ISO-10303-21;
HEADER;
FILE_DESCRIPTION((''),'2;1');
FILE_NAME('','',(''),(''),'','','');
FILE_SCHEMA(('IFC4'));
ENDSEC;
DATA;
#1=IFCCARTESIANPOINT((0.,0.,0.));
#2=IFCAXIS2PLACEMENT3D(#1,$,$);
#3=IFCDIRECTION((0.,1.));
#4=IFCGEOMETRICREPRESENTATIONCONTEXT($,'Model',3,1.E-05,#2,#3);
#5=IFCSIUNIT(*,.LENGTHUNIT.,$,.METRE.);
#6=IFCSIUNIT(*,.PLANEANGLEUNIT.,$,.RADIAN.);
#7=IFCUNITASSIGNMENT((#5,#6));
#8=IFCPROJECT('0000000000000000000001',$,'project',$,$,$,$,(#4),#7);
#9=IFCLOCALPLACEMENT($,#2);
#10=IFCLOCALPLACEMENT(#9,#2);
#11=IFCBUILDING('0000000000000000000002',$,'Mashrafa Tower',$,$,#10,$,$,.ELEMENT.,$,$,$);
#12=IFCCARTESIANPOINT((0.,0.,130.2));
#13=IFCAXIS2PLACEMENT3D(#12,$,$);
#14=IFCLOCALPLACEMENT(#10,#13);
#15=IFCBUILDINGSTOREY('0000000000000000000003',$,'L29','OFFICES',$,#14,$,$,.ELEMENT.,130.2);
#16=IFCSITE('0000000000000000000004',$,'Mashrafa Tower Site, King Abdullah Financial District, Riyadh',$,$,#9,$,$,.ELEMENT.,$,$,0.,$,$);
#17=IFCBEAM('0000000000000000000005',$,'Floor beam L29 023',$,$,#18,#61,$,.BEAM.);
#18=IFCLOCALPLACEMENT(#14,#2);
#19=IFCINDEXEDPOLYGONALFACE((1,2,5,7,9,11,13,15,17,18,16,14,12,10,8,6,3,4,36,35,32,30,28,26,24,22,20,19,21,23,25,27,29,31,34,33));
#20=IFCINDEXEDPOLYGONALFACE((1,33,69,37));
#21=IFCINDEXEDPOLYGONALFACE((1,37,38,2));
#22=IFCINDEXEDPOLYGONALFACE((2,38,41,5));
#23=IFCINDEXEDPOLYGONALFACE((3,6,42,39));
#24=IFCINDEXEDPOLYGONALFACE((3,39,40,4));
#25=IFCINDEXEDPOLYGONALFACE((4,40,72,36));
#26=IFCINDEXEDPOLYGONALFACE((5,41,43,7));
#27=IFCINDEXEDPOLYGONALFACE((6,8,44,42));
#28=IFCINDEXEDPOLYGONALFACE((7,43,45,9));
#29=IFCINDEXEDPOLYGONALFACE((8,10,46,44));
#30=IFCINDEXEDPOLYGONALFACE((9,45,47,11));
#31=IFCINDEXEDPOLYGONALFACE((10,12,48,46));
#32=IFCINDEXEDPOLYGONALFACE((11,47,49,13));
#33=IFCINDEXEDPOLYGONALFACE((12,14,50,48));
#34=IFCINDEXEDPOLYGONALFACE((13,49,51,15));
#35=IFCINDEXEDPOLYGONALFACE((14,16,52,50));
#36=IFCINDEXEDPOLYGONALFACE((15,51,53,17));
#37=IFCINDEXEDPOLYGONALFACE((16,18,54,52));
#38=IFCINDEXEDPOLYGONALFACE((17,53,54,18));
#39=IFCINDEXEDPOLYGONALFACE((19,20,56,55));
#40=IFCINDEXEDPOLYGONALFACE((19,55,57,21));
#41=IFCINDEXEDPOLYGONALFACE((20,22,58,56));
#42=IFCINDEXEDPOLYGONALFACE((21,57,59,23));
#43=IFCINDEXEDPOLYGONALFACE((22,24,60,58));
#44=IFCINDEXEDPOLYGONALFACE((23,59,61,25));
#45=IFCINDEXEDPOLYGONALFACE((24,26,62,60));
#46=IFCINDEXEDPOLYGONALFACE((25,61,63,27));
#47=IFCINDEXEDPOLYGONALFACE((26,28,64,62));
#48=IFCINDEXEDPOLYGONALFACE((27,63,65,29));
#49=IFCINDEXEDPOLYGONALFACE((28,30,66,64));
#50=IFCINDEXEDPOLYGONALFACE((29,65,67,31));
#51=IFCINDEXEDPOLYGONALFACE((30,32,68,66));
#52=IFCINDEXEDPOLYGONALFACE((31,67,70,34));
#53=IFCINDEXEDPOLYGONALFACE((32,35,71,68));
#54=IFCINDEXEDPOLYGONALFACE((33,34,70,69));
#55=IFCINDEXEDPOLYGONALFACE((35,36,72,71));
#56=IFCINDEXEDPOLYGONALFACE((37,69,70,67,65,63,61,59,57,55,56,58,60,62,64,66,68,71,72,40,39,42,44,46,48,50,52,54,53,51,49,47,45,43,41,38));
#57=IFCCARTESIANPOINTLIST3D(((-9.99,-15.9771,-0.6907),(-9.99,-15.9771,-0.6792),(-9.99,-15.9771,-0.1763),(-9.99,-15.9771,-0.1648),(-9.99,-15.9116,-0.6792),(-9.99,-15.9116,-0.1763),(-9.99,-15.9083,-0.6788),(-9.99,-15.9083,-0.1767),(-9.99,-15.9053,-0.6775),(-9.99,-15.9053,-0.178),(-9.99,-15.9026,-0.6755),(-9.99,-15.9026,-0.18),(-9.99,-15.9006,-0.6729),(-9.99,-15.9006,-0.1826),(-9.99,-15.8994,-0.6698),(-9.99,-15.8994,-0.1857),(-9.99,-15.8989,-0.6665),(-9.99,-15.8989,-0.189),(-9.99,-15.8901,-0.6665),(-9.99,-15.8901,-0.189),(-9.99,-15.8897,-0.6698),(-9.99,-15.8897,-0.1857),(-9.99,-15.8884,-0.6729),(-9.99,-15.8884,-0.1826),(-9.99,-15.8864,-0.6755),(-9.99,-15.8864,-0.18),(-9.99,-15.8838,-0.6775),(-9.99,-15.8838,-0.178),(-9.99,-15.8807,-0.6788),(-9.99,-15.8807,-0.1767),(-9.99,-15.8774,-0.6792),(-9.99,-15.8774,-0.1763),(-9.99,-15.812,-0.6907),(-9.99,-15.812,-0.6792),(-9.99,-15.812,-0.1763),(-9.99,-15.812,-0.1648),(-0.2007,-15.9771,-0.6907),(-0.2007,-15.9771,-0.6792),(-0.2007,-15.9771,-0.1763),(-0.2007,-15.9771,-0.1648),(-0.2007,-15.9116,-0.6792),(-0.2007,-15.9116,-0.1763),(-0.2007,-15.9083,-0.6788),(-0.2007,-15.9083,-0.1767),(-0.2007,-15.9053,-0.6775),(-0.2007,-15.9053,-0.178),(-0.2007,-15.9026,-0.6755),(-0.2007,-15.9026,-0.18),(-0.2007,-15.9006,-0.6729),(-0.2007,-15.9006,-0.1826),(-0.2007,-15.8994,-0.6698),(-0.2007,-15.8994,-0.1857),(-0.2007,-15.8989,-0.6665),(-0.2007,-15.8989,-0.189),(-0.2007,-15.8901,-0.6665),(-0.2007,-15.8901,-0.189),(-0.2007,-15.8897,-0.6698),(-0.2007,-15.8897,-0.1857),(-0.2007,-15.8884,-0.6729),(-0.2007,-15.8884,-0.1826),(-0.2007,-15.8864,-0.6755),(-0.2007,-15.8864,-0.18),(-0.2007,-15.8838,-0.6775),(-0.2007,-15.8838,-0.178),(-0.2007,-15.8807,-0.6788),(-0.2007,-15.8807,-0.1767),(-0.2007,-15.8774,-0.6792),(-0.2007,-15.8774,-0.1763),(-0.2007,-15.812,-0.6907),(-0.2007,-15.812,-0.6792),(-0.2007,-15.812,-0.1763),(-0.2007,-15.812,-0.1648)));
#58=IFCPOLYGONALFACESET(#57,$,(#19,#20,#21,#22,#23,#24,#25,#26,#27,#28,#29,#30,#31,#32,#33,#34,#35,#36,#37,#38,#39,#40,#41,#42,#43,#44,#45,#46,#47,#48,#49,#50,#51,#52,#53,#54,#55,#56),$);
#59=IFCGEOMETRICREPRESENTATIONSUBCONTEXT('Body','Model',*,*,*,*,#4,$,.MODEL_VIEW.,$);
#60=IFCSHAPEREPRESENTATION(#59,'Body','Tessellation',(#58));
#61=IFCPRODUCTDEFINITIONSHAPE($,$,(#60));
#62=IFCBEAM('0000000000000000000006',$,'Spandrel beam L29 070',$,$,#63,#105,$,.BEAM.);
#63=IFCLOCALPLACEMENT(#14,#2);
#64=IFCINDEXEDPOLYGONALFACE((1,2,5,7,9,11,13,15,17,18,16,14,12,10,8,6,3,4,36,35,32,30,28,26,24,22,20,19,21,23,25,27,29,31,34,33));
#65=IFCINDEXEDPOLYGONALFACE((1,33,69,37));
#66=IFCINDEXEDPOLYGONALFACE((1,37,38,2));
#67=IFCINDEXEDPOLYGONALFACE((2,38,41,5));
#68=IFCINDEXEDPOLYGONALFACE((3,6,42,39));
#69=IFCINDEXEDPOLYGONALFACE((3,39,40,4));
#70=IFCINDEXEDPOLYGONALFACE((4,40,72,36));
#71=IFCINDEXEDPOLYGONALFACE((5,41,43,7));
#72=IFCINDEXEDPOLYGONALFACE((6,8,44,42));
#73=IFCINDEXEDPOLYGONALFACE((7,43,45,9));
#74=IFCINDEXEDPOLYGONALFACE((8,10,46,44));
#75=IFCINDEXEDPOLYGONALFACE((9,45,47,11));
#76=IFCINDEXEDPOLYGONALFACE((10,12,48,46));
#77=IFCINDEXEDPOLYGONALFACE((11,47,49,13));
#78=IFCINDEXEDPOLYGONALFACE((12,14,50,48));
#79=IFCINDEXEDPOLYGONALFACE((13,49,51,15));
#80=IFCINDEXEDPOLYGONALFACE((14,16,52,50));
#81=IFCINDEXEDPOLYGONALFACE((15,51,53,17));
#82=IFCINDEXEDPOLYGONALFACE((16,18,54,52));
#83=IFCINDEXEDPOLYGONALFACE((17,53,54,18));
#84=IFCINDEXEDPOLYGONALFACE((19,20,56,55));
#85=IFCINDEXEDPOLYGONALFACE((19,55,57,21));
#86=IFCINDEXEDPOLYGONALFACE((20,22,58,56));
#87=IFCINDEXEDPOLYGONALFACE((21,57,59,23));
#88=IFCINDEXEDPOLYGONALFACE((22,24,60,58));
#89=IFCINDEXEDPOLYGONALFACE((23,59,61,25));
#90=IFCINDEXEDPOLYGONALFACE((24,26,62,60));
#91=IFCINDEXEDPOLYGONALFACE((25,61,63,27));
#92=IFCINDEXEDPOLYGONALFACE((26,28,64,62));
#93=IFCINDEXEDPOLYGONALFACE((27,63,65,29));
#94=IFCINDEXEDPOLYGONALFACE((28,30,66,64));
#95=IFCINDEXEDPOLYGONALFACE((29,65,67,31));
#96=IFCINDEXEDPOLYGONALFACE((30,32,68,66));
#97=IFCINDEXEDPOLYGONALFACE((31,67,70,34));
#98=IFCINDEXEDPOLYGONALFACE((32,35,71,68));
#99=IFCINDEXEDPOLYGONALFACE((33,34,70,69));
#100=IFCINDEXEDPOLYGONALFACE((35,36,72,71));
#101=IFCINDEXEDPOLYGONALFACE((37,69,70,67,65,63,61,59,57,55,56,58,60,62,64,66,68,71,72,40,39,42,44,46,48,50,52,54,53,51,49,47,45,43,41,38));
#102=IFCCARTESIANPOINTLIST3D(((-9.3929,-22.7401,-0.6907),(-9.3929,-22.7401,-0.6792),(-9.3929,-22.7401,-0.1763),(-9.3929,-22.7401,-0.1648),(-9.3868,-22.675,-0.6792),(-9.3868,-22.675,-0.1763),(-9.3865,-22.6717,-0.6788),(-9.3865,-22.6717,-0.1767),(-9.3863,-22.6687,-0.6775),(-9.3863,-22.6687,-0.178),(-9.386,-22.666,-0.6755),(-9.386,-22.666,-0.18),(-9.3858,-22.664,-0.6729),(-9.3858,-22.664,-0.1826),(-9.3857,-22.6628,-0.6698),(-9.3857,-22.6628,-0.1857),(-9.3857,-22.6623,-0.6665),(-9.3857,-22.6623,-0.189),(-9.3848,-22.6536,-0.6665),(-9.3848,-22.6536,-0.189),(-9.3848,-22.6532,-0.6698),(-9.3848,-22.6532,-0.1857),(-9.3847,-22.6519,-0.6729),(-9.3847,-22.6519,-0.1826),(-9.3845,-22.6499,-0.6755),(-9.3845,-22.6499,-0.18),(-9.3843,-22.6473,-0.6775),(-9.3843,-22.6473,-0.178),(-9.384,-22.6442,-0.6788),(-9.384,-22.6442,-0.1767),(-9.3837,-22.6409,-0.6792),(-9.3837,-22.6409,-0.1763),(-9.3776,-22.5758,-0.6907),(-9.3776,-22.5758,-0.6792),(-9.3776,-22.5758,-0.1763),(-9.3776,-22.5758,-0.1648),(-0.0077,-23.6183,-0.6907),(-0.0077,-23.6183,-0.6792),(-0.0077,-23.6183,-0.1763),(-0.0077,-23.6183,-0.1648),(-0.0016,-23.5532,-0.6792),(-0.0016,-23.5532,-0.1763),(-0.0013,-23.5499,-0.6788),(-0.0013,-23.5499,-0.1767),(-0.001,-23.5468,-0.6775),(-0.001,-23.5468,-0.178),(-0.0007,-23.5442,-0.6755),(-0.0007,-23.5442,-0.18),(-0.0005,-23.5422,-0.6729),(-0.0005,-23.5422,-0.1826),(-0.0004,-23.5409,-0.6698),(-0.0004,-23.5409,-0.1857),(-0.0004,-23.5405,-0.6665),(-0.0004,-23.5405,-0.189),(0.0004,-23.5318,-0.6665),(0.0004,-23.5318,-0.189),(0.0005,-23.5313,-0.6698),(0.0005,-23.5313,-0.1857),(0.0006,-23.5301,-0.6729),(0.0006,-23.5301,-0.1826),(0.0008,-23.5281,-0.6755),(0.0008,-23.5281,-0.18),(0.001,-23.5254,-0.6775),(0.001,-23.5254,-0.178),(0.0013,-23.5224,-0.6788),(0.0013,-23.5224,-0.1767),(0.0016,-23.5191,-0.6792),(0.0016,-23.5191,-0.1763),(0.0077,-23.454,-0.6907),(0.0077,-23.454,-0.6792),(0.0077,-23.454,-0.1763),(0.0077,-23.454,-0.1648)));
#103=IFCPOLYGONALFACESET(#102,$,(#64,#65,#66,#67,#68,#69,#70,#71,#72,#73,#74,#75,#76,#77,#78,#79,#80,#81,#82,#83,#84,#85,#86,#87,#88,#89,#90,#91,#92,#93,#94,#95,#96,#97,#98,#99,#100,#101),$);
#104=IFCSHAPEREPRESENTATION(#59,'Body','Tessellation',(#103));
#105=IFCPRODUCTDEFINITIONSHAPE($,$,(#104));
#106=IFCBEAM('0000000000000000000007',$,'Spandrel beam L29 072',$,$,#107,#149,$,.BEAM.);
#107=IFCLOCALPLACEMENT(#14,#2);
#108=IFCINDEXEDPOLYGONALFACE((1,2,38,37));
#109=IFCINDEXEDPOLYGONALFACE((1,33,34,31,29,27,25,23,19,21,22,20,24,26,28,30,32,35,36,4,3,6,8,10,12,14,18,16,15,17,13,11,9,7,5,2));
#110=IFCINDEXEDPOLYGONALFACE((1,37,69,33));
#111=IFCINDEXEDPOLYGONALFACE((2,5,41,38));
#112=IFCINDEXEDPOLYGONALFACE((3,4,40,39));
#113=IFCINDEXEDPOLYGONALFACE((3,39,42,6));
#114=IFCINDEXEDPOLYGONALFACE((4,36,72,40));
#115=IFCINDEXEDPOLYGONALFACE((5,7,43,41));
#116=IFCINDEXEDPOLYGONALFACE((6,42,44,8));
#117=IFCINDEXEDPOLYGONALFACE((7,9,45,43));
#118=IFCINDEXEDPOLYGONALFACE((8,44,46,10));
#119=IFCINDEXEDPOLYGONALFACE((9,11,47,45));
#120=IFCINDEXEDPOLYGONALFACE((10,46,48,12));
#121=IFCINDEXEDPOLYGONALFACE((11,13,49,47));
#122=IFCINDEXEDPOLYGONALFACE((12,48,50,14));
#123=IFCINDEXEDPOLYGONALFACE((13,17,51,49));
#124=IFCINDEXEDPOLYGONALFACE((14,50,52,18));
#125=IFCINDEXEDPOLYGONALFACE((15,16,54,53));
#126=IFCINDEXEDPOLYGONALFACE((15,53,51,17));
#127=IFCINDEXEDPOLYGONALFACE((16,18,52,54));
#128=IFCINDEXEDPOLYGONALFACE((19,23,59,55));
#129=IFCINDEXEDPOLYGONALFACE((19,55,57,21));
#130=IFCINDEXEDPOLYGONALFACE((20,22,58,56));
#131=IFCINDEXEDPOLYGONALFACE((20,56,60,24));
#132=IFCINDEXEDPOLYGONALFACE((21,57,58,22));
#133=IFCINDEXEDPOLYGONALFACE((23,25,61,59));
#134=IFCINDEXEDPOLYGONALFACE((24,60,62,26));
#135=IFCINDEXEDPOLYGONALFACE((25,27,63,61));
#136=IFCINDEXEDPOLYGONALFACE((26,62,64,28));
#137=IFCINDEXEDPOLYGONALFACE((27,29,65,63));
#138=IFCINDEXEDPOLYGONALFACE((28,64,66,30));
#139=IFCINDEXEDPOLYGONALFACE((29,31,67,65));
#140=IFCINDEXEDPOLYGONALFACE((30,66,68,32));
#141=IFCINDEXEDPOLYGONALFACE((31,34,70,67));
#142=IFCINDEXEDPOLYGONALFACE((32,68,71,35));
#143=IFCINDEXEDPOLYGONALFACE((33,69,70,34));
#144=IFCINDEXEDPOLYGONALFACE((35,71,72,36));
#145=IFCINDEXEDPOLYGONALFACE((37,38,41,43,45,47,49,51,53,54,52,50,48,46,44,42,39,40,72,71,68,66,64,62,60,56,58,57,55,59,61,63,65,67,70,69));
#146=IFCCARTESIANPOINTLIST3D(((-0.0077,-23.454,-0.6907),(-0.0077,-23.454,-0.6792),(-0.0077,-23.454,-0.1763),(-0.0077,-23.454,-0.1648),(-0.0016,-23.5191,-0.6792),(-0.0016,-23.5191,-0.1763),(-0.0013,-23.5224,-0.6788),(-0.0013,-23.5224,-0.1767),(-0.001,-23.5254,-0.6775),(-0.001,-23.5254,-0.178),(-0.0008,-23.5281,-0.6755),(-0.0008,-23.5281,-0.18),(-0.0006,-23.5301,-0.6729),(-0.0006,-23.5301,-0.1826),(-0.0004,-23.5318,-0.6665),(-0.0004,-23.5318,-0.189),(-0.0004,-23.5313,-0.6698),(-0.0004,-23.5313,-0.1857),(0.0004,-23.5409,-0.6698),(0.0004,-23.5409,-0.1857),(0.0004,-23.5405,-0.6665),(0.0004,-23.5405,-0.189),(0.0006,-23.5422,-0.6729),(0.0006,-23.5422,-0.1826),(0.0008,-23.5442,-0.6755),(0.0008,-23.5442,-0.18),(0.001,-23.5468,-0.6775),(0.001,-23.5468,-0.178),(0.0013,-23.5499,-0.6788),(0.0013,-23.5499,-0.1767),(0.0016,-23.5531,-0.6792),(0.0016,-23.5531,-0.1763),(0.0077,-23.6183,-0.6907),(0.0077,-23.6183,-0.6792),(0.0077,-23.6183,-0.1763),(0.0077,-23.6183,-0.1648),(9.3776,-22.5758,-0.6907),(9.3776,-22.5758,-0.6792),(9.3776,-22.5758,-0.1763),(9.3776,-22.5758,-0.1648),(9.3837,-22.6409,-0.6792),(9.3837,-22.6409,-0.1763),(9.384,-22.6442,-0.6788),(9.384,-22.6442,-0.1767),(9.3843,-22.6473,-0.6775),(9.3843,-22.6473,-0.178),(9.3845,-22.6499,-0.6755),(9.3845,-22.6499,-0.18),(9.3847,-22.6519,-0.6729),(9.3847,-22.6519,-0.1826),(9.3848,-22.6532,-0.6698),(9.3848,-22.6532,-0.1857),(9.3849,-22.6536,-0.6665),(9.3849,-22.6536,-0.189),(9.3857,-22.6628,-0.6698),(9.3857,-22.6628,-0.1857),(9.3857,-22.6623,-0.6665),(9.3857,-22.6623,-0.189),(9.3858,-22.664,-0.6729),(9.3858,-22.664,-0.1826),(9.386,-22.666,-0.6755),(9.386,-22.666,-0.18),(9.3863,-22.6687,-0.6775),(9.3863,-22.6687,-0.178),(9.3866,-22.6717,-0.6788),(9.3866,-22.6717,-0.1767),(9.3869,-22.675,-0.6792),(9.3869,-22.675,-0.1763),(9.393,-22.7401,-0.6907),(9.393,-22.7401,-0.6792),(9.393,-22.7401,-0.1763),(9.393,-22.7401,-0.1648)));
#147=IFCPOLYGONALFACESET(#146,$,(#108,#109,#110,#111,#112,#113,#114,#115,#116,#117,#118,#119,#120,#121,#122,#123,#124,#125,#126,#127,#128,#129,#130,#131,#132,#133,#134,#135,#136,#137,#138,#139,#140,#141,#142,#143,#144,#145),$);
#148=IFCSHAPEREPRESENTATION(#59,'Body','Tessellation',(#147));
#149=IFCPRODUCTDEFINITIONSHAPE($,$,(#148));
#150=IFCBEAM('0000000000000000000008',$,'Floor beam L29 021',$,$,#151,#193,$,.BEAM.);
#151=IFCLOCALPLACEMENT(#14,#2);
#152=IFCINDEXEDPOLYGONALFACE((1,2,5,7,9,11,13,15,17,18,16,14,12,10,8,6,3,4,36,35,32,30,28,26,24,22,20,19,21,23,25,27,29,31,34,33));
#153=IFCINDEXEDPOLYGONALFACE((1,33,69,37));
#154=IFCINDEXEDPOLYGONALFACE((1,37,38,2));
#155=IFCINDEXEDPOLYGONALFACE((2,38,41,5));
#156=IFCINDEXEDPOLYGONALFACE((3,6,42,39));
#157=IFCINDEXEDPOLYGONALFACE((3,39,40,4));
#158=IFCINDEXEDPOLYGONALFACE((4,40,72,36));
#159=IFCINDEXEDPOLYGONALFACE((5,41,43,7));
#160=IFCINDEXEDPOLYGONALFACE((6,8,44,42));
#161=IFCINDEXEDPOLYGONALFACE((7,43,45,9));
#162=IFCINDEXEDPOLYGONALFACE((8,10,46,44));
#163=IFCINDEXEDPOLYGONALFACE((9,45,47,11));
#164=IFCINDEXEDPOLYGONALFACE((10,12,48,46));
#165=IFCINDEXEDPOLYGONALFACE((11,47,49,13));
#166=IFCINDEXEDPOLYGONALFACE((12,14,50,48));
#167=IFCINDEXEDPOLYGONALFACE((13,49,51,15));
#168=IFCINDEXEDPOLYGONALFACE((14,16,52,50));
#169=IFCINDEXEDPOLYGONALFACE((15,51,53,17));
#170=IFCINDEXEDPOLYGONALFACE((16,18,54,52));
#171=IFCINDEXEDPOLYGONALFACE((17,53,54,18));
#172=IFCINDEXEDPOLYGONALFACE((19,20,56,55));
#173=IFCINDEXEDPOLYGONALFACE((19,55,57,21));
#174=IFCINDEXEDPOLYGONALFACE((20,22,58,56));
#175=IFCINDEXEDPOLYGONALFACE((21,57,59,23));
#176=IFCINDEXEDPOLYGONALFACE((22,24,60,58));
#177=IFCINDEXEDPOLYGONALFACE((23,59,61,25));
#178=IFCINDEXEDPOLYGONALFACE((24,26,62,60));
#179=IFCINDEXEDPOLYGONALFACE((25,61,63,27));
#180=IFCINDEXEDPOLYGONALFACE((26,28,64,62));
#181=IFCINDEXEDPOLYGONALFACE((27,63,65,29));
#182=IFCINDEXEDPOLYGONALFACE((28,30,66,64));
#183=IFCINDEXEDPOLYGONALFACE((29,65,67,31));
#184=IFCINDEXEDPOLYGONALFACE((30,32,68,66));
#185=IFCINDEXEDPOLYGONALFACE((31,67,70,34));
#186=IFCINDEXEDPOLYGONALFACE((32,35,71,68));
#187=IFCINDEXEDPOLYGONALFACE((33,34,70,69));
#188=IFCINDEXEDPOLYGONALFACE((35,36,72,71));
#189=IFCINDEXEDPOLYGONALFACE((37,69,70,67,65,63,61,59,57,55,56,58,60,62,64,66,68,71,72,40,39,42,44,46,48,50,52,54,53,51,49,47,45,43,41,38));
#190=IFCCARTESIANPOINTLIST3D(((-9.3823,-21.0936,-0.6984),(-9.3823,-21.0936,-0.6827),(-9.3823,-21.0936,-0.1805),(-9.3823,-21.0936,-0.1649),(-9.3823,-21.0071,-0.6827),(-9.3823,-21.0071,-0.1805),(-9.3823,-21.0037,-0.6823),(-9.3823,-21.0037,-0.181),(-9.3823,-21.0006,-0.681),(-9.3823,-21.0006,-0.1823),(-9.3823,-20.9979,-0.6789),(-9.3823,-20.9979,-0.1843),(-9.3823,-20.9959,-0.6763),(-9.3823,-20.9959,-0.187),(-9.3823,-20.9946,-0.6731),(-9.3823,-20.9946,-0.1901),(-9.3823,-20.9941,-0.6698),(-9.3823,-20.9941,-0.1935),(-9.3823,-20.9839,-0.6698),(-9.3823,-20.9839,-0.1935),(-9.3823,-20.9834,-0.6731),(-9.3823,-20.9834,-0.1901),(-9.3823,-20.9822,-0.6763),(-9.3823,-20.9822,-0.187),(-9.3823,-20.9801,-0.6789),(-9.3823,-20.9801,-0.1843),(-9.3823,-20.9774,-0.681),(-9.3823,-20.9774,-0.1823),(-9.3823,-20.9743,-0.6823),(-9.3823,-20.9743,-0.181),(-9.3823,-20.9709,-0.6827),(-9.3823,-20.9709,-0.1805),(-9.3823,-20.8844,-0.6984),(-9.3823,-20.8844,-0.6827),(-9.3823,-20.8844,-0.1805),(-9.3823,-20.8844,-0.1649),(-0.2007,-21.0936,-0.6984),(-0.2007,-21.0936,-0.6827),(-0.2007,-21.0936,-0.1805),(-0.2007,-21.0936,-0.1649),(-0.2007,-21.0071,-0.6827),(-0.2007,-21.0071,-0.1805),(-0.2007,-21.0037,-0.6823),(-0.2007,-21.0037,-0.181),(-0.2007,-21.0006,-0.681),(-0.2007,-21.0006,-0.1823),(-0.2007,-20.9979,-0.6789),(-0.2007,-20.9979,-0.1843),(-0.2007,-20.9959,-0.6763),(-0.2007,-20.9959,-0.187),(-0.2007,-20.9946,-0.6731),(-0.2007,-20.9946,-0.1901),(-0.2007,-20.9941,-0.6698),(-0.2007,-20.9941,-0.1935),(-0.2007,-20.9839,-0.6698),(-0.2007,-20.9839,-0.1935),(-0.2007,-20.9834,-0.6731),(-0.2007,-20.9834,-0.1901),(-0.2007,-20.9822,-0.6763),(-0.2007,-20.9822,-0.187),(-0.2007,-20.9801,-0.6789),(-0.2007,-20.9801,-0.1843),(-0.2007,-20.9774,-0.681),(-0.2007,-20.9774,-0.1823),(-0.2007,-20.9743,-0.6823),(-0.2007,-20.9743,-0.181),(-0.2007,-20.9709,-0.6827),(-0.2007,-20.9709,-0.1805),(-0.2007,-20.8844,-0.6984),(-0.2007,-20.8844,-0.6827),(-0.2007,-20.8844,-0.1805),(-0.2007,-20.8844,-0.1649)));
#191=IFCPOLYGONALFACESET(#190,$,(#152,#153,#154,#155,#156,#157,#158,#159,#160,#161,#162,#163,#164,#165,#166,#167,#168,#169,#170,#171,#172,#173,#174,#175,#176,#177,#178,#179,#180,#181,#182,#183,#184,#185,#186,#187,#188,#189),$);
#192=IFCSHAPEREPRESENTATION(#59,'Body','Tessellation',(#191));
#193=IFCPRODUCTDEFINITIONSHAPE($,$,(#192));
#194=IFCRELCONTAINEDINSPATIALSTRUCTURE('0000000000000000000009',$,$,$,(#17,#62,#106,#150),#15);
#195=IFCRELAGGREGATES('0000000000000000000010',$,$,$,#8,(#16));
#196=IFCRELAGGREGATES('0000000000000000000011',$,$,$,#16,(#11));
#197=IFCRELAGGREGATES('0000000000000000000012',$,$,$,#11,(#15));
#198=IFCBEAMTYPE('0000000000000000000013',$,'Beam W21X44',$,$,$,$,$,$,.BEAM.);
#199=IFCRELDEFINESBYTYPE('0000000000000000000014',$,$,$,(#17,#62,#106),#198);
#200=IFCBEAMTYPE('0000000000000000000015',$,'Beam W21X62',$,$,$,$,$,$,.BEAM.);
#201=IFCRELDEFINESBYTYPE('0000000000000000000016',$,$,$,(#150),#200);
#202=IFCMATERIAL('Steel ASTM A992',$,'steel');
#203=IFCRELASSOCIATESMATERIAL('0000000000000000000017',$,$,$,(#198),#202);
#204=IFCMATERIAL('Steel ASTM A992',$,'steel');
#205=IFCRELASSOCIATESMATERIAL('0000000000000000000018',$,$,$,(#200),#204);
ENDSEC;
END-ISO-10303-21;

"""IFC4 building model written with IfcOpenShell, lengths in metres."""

from ifc_helpers import new_model, si_unit, direction, frame, origin, origin_2d, place, context, subcontext, project, spatial, i_section, extrude, material, material_profile, profile_set, type_object, element, save


model = new_model("IFC4")

# Units and contexts
model_context = context("Model", 3, precision=1e-05, world=origin(), true_north=direction((0.0, 1.0)))
body_context = subcontext(model_context, "Body", "Model", "MODEL_VIEW")
ifc_project = project(units=[si_unit("LENGTHUNIT", "METRE"), si_unit("PLANEANGLEUNIT", "RADIAN")], contexts=[model_context])

# Site, building, storey
site_placement = place(None, origin())
site = spatial("IfcSite", under=ifc_project, at=site_placement, Name="Mashrafa Tower Site, King Abdullah Financial District, Riyadh", CompositionType="ELEMENT", RefElevation=0.0)
building_placement = place(site_placement, origin())
building = spatial("IfcBuilding", under=site, at=building_placement, Name="Mashrafa Tower", CompositionType="ELEMENT")
storey_placement = place(building_placement, frame((0.0, 0.0, 130.2)))
storey = spatial("IfcBuildingStorey", under=building, at=storey_placement, Name="L29", Description="OFFICES", CompositionType="ELEMENT", Elevation=130.2)

# Beams
ifc_material_1 = material(Name="Steel ASTM A992", Category="steel")
ifc_material_profile_1 = material_profile(ifc_material_1, i_section(OverallWidth=0.165, OverallDepth=0.5259, WebThickness=0.0088, FlangeThickness=0.0115, FilletRadius=0.0127, at=origin_2d()), Name="W21X44")
ifc_profile_set_1 = profile_set([ifc_material_profile_1], Name="Steel ASTM A992")
beam_type_1 = type_object("IfcBeamType", Name="Beam W21X44", PredefinedType="BEAM", material=ifc_profile_set_1)
beam_1_placement = place(storey_placement, frame((-0.2007, -15.8945, -0.4277), z_axis=(-1.0, 0.0, 0.0), x_axis=(0.0, -1.0, 0.0)))
element("IfcBeam", 1, at=beam_1_placement, inside=storey, type_object=beam_type_1, Name="Floor beam L29 023", PredefinedType="BEAM", context=body_context, shape_type="SweptSolid", body=[
    extrude(i_section(OverallWidth=0.165, OverallDepth=0.5259, WebThickness=0.0088, FlangeThickness=0.0115, FilletRadius=0.0127, at=origin_2d()), origin(), (0.0, 0.0, 1.0), 9.7893),
])
for number, where, z_axis, x_axis, name in (
    (2, (-9.3853, -22.658, -0.4277), (0.995651, -0.093163, 0.0), (0.093163, 0.995651, 0.0), "Spandrel beam L29 070"),
    (3, (0.0, -23.5361, -0.4277), (0.995651, 0.093163, 0.0), (-0.093163, 0.995651, 0.0), "Spandrel beam L29 072"),
):
    element("IfcBeam", number, at=place(storey_placement, frame(where, z_axis=z_axis, x_axis=x_axis)), inside=storey, type_object=beam_type_1, Name=name, PredefinedType="BEAM", context=body_context, shape_type="SweptSolid", body=[
        extrude(i_section(OverallWidth=0.165, OverallDepth=0.5259, WebThickness=0.0088, FlangeThickness=0.0115, FilletRadius=0.0127, at=origin_2d()), origin(), (0.0, 0.0, 1.0), 9.4263),
    ])
ifc_material_2 = material(Name="Steel ASTM A992", Category="steel")
ifc_material_profile_2 = material_profile(ifc_material_2, i_section(OverallWidth=0.2092, OverallDepth=0.5334, WebThickness=0.0103, FlangeThickness=0.0156, FilletRadius=0.0129, at=origin_2d()), Name="W21X62")
ifc_profile_set_2 = profile_set([ifc_material_profile_2], Name="Steel ASTM A992")
beam_type_2 = type_object("IfcBeamType", Name="Beam W21X62", PredefinedType="BEAM", material=ifc_profile_set_2)
beam_2_placement = place(storey_placement, frame((-0.2007, -20.989, -0.4316), z_axis=(-1.0, 0.0, 0.0), x_axis=(0.0, -1.0, 0.0)))
element("IfcBeam", 4, at=beam_2_placement, inside=storey, type_object=beam_type_2, Name="Floor beam L29 021", PredefinedType="BEAM", context=body_context, shape_type="SweptSolid", body=[
    extrude(i_section(OverallWidth=0.2092, OverallDepth=0.5334, WebThickness=0.0103, FlangeThickness=0.0156, FilletRadius=0.0129, at=origin_2d()), origin(), (0.0, 0.0, 1.0), 9.1816),
])

save(model, "model.ifc")
